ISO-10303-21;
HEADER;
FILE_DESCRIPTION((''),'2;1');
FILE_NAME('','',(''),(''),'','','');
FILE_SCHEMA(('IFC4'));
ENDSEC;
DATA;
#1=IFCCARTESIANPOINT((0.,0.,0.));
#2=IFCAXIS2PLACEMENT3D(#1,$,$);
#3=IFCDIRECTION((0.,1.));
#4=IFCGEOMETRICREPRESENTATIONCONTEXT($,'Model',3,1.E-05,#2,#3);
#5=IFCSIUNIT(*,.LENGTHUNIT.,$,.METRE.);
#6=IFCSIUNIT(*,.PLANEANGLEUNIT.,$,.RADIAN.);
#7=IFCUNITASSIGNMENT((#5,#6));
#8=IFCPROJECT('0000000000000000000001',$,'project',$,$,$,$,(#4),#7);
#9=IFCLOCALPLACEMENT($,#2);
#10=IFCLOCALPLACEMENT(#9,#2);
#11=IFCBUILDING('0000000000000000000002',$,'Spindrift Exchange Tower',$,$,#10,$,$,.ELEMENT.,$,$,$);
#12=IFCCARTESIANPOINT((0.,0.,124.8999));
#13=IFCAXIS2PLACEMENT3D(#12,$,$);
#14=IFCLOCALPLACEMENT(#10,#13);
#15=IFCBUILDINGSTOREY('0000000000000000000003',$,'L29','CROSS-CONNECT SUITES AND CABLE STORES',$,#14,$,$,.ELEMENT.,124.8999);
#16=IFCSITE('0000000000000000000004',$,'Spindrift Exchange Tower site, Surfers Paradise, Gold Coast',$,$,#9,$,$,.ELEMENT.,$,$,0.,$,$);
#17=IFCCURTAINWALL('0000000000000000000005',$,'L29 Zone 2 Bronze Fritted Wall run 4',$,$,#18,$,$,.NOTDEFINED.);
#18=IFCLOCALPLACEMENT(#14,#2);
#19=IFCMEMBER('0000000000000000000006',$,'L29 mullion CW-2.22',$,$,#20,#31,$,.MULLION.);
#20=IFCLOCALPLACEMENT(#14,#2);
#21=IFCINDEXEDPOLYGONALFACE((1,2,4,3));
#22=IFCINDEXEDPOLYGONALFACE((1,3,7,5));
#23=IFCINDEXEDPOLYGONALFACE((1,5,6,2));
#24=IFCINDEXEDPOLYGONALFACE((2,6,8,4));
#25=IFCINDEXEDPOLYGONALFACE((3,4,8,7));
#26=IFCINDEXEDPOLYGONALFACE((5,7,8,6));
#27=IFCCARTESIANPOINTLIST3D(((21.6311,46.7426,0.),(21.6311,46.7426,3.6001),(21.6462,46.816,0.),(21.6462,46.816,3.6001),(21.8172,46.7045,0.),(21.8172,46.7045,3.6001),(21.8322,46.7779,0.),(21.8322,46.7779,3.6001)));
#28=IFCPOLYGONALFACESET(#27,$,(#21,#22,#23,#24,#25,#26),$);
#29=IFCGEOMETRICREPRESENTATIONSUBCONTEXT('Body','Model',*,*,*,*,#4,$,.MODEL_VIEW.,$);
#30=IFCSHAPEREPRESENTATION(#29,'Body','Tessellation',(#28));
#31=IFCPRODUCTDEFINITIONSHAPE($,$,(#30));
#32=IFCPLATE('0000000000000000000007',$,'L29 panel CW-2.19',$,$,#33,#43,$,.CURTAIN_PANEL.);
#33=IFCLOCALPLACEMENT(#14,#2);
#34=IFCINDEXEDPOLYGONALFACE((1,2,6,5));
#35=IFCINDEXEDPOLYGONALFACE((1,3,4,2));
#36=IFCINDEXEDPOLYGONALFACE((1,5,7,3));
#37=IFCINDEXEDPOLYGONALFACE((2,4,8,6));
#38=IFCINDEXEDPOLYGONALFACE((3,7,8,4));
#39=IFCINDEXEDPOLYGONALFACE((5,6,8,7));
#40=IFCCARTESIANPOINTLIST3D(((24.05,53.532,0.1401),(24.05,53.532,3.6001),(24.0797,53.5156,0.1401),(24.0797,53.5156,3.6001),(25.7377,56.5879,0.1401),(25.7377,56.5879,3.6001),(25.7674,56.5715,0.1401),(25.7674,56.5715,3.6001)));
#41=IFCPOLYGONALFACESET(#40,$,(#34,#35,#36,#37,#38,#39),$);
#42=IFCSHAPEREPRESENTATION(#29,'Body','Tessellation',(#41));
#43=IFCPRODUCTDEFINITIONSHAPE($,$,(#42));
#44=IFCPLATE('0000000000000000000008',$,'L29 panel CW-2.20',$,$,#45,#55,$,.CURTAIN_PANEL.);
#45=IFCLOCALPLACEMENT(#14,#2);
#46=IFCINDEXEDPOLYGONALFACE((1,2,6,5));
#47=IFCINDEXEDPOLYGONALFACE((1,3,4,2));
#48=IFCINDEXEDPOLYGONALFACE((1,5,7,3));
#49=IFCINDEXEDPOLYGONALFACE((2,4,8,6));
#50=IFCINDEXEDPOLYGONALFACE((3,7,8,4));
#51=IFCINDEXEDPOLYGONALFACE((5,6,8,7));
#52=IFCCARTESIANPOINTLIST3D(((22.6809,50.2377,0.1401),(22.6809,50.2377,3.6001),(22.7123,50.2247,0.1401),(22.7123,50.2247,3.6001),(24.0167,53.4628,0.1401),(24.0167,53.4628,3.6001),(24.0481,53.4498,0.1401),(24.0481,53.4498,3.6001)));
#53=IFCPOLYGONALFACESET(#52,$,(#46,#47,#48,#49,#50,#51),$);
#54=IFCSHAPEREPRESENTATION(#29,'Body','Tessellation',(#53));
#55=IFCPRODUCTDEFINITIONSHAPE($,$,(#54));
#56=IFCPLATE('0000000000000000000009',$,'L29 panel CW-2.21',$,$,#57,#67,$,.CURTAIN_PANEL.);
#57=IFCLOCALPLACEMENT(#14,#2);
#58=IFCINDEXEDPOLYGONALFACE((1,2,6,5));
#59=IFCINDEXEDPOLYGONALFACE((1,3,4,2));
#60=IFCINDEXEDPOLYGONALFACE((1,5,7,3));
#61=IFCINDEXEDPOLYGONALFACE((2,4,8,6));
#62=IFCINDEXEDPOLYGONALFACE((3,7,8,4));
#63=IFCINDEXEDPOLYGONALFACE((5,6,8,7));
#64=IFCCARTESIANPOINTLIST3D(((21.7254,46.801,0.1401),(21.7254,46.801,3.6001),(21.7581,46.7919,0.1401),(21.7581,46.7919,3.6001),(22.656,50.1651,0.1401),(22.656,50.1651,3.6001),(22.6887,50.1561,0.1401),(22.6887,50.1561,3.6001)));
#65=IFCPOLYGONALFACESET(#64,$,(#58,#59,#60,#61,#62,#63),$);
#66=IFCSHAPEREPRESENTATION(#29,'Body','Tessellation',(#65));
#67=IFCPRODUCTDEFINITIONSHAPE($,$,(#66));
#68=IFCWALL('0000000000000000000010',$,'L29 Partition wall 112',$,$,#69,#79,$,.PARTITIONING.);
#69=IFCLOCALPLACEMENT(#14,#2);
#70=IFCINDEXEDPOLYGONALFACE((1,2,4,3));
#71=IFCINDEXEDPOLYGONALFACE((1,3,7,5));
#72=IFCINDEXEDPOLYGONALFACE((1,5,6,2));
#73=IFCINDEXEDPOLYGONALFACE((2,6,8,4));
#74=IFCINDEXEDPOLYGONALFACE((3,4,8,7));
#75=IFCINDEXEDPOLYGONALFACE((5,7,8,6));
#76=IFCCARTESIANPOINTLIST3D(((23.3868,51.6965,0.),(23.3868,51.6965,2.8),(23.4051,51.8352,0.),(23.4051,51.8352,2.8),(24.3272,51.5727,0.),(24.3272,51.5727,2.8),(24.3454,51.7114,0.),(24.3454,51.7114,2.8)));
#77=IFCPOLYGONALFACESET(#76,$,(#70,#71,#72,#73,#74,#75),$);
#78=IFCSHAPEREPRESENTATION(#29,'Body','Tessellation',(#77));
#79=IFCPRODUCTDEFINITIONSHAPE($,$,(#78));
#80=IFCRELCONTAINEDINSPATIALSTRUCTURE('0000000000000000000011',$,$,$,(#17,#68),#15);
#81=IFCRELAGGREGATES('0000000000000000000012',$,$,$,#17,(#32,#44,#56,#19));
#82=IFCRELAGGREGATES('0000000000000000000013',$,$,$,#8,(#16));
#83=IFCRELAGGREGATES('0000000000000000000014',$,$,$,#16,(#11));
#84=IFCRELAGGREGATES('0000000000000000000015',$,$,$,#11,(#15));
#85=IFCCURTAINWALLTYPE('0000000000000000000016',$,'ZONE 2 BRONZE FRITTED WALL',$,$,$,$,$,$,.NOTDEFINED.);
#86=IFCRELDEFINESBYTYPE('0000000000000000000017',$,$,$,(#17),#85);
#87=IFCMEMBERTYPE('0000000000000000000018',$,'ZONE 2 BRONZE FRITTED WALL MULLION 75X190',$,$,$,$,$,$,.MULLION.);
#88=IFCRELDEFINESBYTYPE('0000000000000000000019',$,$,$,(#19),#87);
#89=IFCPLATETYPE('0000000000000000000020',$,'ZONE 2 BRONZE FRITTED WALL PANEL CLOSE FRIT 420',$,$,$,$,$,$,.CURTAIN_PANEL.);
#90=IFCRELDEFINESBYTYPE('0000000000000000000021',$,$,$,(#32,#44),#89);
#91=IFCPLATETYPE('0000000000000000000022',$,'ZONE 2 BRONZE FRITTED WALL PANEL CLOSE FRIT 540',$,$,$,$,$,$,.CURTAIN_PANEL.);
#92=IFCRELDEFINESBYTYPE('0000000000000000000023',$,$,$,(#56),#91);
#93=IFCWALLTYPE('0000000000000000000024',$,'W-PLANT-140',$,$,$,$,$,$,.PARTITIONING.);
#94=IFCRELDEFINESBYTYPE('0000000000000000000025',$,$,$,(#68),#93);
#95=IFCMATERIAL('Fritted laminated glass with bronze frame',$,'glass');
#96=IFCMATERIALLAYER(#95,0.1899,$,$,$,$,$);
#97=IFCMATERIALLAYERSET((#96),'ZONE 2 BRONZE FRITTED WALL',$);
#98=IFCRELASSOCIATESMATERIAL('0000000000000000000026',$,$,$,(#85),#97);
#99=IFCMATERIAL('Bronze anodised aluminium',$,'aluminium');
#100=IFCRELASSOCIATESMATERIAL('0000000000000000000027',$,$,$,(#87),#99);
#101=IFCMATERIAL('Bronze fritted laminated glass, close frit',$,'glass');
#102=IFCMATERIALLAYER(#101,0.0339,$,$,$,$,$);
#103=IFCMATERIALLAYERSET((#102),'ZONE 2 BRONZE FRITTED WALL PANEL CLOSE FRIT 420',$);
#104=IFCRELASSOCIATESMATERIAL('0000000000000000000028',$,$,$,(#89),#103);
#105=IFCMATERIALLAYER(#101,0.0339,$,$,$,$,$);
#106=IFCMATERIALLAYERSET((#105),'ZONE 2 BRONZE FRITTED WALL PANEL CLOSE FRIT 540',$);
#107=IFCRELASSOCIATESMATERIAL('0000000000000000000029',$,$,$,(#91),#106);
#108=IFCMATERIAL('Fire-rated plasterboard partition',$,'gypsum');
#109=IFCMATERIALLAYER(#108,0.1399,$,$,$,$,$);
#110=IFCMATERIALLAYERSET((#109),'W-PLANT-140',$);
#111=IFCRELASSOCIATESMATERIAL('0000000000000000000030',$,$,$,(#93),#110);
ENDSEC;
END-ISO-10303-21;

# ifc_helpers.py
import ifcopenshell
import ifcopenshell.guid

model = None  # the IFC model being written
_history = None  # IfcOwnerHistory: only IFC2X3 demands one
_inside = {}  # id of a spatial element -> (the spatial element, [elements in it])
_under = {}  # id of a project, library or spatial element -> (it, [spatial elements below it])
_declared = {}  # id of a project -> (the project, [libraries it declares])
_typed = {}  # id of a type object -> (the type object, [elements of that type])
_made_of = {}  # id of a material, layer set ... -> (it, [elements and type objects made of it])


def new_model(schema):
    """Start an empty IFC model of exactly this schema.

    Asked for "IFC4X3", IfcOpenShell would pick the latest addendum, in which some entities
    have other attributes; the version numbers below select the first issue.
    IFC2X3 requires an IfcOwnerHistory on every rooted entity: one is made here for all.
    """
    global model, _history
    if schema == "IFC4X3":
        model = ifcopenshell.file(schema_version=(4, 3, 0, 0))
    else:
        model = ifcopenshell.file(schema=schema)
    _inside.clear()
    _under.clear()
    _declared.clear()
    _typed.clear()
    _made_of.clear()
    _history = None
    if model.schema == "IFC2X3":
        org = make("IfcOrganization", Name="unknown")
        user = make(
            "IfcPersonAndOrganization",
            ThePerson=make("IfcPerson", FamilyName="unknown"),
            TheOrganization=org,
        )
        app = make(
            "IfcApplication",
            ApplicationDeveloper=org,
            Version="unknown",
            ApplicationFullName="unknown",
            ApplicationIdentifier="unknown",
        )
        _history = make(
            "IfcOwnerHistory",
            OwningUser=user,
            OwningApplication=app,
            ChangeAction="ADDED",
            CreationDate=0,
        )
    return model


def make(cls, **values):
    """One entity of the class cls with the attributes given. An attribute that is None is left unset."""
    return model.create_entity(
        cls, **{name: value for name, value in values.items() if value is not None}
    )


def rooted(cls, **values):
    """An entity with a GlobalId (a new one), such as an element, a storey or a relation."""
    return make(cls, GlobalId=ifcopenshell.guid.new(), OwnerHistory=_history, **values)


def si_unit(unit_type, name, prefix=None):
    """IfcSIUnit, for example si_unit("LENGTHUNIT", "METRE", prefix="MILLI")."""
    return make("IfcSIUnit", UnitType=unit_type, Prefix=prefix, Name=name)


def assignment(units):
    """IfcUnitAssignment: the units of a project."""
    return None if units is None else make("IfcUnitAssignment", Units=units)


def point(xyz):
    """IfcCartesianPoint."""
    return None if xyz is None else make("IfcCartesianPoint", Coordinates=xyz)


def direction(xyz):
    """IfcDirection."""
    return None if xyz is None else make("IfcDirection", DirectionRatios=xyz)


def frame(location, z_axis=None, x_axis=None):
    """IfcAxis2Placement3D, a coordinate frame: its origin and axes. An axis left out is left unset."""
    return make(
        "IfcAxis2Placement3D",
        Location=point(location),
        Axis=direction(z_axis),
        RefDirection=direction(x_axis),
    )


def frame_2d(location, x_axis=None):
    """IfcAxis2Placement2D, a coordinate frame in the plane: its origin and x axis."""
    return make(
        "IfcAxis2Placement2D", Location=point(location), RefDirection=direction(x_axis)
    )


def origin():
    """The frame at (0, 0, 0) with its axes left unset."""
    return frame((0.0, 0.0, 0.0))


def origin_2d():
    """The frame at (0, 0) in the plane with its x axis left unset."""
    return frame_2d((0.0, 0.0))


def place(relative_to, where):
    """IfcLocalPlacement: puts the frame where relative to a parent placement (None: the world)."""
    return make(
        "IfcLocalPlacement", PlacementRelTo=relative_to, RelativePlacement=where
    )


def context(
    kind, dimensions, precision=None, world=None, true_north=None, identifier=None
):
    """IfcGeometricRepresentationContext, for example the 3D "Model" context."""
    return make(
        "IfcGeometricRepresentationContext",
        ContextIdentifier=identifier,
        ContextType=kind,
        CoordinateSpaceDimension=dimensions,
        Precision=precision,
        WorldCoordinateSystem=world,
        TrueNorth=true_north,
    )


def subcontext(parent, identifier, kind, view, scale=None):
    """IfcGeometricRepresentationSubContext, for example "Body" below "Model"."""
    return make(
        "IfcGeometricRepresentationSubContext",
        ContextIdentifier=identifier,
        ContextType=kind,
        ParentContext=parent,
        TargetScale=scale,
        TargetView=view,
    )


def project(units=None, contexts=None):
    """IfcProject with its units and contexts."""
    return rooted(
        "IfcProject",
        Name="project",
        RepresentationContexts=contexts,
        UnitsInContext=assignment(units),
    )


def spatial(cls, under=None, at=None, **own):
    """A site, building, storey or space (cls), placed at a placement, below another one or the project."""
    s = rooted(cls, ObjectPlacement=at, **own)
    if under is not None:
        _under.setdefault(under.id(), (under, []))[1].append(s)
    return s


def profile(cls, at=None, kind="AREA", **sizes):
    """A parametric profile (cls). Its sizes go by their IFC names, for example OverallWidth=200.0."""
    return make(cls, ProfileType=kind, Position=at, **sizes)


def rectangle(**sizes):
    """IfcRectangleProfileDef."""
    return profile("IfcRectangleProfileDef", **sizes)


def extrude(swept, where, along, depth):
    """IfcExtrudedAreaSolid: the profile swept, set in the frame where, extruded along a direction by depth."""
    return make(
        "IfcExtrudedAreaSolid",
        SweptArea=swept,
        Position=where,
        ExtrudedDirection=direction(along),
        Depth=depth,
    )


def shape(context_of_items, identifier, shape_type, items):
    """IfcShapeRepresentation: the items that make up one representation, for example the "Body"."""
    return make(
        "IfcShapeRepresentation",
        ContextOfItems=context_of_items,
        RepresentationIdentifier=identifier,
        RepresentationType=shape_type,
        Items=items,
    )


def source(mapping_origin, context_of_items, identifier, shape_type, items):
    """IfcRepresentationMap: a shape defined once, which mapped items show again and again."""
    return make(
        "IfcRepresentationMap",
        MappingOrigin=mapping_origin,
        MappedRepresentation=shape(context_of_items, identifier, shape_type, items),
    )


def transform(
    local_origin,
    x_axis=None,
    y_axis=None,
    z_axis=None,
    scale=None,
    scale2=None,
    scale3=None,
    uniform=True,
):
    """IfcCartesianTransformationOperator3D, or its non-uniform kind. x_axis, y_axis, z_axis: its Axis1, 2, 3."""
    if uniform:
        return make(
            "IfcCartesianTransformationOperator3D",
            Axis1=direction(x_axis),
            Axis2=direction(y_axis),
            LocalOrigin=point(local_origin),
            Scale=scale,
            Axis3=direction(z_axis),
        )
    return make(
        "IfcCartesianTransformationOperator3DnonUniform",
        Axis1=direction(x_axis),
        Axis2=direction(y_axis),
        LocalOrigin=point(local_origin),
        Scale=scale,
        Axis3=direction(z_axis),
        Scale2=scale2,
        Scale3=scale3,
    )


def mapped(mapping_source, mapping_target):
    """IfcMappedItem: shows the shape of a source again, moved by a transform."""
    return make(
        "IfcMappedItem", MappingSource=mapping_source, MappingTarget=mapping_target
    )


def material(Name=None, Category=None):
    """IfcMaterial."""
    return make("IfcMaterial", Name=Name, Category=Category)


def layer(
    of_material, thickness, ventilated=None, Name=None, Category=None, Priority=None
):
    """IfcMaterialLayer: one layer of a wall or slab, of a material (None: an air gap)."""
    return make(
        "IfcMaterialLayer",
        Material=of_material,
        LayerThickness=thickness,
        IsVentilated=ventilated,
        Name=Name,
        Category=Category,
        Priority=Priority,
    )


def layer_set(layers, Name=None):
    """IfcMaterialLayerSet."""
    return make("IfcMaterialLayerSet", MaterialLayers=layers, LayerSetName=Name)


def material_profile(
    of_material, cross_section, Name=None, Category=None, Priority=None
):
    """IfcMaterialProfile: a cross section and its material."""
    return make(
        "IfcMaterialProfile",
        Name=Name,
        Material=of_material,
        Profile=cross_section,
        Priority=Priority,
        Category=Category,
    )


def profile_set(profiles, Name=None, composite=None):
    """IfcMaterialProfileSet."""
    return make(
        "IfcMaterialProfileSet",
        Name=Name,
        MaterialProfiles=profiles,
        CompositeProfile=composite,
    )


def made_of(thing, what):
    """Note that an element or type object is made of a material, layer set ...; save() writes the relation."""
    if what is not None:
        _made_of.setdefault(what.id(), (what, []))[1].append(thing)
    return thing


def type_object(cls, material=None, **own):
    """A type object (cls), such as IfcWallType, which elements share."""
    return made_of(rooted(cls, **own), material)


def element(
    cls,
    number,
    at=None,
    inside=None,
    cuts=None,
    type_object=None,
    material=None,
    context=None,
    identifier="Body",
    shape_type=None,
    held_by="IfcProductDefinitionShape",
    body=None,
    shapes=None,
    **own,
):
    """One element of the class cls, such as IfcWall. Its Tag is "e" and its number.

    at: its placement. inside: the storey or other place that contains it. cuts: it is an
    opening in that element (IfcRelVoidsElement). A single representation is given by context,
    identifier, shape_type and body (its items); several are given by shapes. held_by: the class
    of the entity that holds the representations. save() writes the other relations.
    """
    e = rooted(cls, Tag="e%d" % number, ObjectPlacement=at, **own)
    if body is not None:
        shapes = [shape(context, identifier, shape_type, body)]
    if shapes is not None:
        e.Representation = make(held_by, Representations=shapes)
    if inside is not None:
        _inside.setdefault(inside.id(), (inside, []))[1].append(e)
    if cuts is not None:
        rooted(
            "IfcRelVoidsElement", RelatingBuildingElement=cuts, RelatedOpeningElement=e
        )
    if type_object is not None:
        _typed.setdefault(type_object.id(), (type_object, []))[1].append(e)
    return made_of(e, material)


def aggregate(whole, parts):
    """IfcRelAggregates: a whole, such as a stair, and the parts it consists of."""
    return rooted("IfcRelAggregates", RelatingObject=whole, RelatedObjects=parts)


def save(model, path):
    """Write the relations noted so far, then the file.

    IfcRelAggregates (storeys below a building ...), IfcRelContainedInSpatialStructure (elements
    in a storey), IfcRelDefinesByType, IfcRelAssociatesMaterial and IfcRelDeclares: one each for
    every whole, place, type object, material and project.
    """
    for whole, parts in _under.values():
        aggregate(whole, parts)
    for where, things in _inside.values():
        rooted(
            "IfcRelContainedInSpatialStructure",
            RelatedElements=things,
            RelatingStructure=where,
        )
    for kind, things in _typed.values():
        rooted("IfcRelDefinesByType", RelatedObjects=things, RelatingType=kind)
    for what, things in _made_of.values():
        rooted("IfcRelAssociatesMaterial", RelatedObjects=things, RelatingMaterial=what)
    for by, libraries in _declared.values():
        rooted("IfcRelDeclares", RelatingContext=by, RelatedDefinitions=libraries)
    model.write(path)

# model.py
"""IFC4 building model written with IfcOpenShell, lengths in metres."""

from ifc_helpers import new_model, si_unit, direction, frame, frame_2d, origin, origin_2d, place, context, subcontext, project, spatial, rectangle, extrude, source, transform, mapped, material, layer, layer_set, material_profile, profile_set, type_object, element, aggregate, save


model = new_model("IFC4")

# Units and contexts
model_context = context("Model", 3, precision=1e-05, world=origin(), true_north=direction((0.0, 1.0)))
body_context = subcontext(model_context, "Body", "Model", "MODEL_VIEW")
ifc_project = project(units=[si_unit("LENGTHUNIT", "METRE"), si_unit("PLANEANGLEUNIT", "RADIAN")], contexts=[model_context])

# Site, building, storey
site_placement = place(None, origin())
site = spatial("IfcSite", under=ifc_project, at=site_placement, Name="Spindrift Exchange Tower site, Surfers Paradise, Gold Coast", CompositionType="ELEMENT", RefElevation=0.0)
building_placement = place(site_placement, origin())
building = spatial("IfcBuilding", under=site, at=building_placement, Name="Spindrift Exchange Tower", CompositionType="ELEMENT")
storey_placement = place(building_placement, frame((0.0, 0.0, 124.8999)))
storey = spatial("IfcBuildingStorey", under=building, at=storey_placement, Name="L29", Description="CROSS-CONNECT SUITES AND CABLE STORES", CompositionType="ELEMENT", Elevation=124.8999)

# Curtain wall, member, plates
ifc_material_1 = material(Name="Fritted laminated glass with bronze frame", Category="glass")
ifc_layer_1 = layer(ifc_material_1, 0.1899)
ifc_layer_set_1 = layer_set([ifc_layer_1], Name="ZONE 2 BRONZE FRITTED WALL")
curtain_wall_type = type_object("IfcCurtainWallType", Name="ZONE 2 BRONZE FRITTED WALL", PredefinedType="NOTDEFINED", material=ifc_layer_set_1)
curtain_wall_placement = place(storey_placement, origin())
curtain_wall = element("IfcCurtainWall", 1, at=curtain_wall_placement, inside=storey, type_object=curtain_wall_type, Name="L29 Zone 2 Bronze Fritted Wall run 4", PredefinedType="NOTDEFINED")
ifc_material_2 = material(Name="Bronze anodised aluminium", Category="aluminium")
ifc_material_profile_1 = material_profile(ifc_material_2, rectangle(XDim=0.075, YDim=0.1899, at=origin_2d()), Name="ZONE 2 BRONZE FRITTED WALL MULLION 75X190")
ifc_profile_set_1 = profile_set([ifc_material_profile_1], Name="Bronze anodised aluminium")
member_type_1 = type_object("IfcMemberType", Name="ZONE 2 BRONZE FRITTED WALL MULLION 75X190", PredefinedType="MULLION", material=ifc_profile_set_1)
shared_shape_1 = source(origin(), body_context, "Body", "SweptSolid", [
    extrude(rectangle(XDim=0.075, YDim=0.1899, at=origin_2d()), origin(), (0.0, 0.0, 1.0), 3.6001),
])
member_1_placement = place(storey_placement, frame((21.7317, 46.7603, 0.0), z_axis=(0.0, 0.0, 1.0), x_axis=(-0.200692, -0.979654, 0.0)))
member_1 = element("IfcMember", 2, at=member_1_placement, type_object=member_type_1, Name="L29 mullion CW-2.22", PredefinedType="MULLION", context=body_context, shape_type="MappedRepresentation", body=[
    mapped(shared_shape_1, transform((0.0, 0.0, 0.0), scale=1.0)),
])
ifc_material_3 = material(Name="Bronze fritted laminated glass, close frit", Category="glass")
ifc_layer_2 = layer(ifc_material_3, 0.0339)
ifc_layer_set_2 = layer_set([ifc_layer_2], Name="ZONE 2 BRONZE FRITTED WALL PANEL CLOSE FRIT 420")
plate_type_1 = type_object("IfcPlateType", Name="ZONE 2 BRONZE FRITTED WALL PANEL CLOSE FRIT 420", PredefinedType="CURTAIN_PANEL", material=ifc_layer_set_2)
shared_shape_2 = source(origin(), body_context, "Body", "SweptSolid", [
    extrude(rectangle(XDim=3.491, YDim=0.0339, at=origin_2d()), origin(), (0.0, 0.0, 1.0), 3.46),
])
plate_1_placement = place(storey_placement, frame((24.9087, 55.0518, 0.1401), z_axis=(0.0, 0.0, 1.0), x_axis=(-0.48345, -0.875372, 0.0)))
plate_1 = element("IfcPlate", 3, at=plate_1_placement, type_object=plate_type_1, Name="L29 panel CW-2.19", PredefinedType="CURTAIN_PANEL", context=body_context, shape_type="MappedRepresentation", body=[
    mapped(shared_shape_2, transform((0.0, 0.0, 0.0), scale=1.0)),
])
shared_shape_3 = source(origin(), body_context, "Body", "SweptSolid", [
    extrude(rectangle(XDim=3.4907, YDim=0.0339, at=origin_2d()), origin(), (0.0, 0.0, 1.0), 3.46),
])
plate_2_placement = place(storey_placement, frame((23.3645, 51.8438, 0.1401), z_axis=(0.0, 0.0, 1.0), x_axis=(-0.382674, -0.923884, 0.0)))
plate_2 = element("IfcPlate", 4, at=plate_2_placement, type_object=plate_type_1, Name="L29 panel CW-2.20", PredefinedType="CURTAIN_PANEL", context=body_context, shape_type="MappedRepresentation", body=[
    mapped(shared_shape_3, transform((0.0, 0.0, 0.0), scale=1.0)),
])
ifc_layer_3 = layer(ifc_material_3, 0.0339)
ifc_layer_set_3 = layer_set([ifc_layer_3], Name="ZONE 2 BRONZE FRITTED WALL PANEL CLOSE FRIT 540")
plate_type_2 = type_object("IfcPlateType", Name="ZONE 2 BRONZE FRITTED WALL PANEL CLOSE FRIT 540", PredefinedType="CURTAIN_PANEL", material=ifc_layer_set_3)
shared_shape_4 = source(origin(), body_context, "Body", "SweptSolid", [
    extrude(rectangle(XDim=3.4905, YDim=0.0339, at=origin_2d()), origin(), (0.0, 0.0, 1.0), 3.46),
])
plate_3_placement = place(storey_placement, frame((22.207, 48.4785, 0.1401), z_axis=(0.0, 0.0, 1.0), x_axis=(-0.266621, -0.963801, 0.0)))
plate_3 = element("IfcPlate", 5, at=plate_3_placement, type_object=plate_type_2, Name="L29 panel CW-2.21", PredefinedType="CURTAIN_PANEL", context=body_context, shape_type="MappedRepresentation", body=[
    mapped(shared_shape_4, transform((0.0, 0.0, 0.0), scale=1.0)),
])
aggregate(curtain_wall, [plate_1, plate_2, plate_3, member_1])

# Wall
ifc_material_4 = material(Name="Fire-rated plasterboard partition", Category="gypsum")
ifc_layer_4 = layer(ifc_material_4, 0.1399)
ifc_layer_set_4 = layer_set([ifc_layer_4], Name="W-PLANT-140")
wall_type = type_object("IfcWallType", Name="W-PLANT-140", PredefinedType="PARTITIONING", material=ifc_layer_set_4)
wall_placement = place(storey_placement, frame((24.3362, 51.6421, 0.0), z_axis=(0.0, 0.0, 1.0), x_axis=(-0.991449, 0.130494, 0.0)))
element("IfcWall", 6, at=wall_placement, inside=storey, type_object=wall_type, Name="L29 Partition wall 112", PredefinedType="PARTITIONING", context=body_context, shape_type="SweptSolid", body=[
    extrude(rectangle(XDim=0.9485, YDim=0.1399, at=frame_2d((0.4741, 0.0))), origin(), (0.0, 0.0, 1.0), 2.8),
])

save(model, "model.ifc")
